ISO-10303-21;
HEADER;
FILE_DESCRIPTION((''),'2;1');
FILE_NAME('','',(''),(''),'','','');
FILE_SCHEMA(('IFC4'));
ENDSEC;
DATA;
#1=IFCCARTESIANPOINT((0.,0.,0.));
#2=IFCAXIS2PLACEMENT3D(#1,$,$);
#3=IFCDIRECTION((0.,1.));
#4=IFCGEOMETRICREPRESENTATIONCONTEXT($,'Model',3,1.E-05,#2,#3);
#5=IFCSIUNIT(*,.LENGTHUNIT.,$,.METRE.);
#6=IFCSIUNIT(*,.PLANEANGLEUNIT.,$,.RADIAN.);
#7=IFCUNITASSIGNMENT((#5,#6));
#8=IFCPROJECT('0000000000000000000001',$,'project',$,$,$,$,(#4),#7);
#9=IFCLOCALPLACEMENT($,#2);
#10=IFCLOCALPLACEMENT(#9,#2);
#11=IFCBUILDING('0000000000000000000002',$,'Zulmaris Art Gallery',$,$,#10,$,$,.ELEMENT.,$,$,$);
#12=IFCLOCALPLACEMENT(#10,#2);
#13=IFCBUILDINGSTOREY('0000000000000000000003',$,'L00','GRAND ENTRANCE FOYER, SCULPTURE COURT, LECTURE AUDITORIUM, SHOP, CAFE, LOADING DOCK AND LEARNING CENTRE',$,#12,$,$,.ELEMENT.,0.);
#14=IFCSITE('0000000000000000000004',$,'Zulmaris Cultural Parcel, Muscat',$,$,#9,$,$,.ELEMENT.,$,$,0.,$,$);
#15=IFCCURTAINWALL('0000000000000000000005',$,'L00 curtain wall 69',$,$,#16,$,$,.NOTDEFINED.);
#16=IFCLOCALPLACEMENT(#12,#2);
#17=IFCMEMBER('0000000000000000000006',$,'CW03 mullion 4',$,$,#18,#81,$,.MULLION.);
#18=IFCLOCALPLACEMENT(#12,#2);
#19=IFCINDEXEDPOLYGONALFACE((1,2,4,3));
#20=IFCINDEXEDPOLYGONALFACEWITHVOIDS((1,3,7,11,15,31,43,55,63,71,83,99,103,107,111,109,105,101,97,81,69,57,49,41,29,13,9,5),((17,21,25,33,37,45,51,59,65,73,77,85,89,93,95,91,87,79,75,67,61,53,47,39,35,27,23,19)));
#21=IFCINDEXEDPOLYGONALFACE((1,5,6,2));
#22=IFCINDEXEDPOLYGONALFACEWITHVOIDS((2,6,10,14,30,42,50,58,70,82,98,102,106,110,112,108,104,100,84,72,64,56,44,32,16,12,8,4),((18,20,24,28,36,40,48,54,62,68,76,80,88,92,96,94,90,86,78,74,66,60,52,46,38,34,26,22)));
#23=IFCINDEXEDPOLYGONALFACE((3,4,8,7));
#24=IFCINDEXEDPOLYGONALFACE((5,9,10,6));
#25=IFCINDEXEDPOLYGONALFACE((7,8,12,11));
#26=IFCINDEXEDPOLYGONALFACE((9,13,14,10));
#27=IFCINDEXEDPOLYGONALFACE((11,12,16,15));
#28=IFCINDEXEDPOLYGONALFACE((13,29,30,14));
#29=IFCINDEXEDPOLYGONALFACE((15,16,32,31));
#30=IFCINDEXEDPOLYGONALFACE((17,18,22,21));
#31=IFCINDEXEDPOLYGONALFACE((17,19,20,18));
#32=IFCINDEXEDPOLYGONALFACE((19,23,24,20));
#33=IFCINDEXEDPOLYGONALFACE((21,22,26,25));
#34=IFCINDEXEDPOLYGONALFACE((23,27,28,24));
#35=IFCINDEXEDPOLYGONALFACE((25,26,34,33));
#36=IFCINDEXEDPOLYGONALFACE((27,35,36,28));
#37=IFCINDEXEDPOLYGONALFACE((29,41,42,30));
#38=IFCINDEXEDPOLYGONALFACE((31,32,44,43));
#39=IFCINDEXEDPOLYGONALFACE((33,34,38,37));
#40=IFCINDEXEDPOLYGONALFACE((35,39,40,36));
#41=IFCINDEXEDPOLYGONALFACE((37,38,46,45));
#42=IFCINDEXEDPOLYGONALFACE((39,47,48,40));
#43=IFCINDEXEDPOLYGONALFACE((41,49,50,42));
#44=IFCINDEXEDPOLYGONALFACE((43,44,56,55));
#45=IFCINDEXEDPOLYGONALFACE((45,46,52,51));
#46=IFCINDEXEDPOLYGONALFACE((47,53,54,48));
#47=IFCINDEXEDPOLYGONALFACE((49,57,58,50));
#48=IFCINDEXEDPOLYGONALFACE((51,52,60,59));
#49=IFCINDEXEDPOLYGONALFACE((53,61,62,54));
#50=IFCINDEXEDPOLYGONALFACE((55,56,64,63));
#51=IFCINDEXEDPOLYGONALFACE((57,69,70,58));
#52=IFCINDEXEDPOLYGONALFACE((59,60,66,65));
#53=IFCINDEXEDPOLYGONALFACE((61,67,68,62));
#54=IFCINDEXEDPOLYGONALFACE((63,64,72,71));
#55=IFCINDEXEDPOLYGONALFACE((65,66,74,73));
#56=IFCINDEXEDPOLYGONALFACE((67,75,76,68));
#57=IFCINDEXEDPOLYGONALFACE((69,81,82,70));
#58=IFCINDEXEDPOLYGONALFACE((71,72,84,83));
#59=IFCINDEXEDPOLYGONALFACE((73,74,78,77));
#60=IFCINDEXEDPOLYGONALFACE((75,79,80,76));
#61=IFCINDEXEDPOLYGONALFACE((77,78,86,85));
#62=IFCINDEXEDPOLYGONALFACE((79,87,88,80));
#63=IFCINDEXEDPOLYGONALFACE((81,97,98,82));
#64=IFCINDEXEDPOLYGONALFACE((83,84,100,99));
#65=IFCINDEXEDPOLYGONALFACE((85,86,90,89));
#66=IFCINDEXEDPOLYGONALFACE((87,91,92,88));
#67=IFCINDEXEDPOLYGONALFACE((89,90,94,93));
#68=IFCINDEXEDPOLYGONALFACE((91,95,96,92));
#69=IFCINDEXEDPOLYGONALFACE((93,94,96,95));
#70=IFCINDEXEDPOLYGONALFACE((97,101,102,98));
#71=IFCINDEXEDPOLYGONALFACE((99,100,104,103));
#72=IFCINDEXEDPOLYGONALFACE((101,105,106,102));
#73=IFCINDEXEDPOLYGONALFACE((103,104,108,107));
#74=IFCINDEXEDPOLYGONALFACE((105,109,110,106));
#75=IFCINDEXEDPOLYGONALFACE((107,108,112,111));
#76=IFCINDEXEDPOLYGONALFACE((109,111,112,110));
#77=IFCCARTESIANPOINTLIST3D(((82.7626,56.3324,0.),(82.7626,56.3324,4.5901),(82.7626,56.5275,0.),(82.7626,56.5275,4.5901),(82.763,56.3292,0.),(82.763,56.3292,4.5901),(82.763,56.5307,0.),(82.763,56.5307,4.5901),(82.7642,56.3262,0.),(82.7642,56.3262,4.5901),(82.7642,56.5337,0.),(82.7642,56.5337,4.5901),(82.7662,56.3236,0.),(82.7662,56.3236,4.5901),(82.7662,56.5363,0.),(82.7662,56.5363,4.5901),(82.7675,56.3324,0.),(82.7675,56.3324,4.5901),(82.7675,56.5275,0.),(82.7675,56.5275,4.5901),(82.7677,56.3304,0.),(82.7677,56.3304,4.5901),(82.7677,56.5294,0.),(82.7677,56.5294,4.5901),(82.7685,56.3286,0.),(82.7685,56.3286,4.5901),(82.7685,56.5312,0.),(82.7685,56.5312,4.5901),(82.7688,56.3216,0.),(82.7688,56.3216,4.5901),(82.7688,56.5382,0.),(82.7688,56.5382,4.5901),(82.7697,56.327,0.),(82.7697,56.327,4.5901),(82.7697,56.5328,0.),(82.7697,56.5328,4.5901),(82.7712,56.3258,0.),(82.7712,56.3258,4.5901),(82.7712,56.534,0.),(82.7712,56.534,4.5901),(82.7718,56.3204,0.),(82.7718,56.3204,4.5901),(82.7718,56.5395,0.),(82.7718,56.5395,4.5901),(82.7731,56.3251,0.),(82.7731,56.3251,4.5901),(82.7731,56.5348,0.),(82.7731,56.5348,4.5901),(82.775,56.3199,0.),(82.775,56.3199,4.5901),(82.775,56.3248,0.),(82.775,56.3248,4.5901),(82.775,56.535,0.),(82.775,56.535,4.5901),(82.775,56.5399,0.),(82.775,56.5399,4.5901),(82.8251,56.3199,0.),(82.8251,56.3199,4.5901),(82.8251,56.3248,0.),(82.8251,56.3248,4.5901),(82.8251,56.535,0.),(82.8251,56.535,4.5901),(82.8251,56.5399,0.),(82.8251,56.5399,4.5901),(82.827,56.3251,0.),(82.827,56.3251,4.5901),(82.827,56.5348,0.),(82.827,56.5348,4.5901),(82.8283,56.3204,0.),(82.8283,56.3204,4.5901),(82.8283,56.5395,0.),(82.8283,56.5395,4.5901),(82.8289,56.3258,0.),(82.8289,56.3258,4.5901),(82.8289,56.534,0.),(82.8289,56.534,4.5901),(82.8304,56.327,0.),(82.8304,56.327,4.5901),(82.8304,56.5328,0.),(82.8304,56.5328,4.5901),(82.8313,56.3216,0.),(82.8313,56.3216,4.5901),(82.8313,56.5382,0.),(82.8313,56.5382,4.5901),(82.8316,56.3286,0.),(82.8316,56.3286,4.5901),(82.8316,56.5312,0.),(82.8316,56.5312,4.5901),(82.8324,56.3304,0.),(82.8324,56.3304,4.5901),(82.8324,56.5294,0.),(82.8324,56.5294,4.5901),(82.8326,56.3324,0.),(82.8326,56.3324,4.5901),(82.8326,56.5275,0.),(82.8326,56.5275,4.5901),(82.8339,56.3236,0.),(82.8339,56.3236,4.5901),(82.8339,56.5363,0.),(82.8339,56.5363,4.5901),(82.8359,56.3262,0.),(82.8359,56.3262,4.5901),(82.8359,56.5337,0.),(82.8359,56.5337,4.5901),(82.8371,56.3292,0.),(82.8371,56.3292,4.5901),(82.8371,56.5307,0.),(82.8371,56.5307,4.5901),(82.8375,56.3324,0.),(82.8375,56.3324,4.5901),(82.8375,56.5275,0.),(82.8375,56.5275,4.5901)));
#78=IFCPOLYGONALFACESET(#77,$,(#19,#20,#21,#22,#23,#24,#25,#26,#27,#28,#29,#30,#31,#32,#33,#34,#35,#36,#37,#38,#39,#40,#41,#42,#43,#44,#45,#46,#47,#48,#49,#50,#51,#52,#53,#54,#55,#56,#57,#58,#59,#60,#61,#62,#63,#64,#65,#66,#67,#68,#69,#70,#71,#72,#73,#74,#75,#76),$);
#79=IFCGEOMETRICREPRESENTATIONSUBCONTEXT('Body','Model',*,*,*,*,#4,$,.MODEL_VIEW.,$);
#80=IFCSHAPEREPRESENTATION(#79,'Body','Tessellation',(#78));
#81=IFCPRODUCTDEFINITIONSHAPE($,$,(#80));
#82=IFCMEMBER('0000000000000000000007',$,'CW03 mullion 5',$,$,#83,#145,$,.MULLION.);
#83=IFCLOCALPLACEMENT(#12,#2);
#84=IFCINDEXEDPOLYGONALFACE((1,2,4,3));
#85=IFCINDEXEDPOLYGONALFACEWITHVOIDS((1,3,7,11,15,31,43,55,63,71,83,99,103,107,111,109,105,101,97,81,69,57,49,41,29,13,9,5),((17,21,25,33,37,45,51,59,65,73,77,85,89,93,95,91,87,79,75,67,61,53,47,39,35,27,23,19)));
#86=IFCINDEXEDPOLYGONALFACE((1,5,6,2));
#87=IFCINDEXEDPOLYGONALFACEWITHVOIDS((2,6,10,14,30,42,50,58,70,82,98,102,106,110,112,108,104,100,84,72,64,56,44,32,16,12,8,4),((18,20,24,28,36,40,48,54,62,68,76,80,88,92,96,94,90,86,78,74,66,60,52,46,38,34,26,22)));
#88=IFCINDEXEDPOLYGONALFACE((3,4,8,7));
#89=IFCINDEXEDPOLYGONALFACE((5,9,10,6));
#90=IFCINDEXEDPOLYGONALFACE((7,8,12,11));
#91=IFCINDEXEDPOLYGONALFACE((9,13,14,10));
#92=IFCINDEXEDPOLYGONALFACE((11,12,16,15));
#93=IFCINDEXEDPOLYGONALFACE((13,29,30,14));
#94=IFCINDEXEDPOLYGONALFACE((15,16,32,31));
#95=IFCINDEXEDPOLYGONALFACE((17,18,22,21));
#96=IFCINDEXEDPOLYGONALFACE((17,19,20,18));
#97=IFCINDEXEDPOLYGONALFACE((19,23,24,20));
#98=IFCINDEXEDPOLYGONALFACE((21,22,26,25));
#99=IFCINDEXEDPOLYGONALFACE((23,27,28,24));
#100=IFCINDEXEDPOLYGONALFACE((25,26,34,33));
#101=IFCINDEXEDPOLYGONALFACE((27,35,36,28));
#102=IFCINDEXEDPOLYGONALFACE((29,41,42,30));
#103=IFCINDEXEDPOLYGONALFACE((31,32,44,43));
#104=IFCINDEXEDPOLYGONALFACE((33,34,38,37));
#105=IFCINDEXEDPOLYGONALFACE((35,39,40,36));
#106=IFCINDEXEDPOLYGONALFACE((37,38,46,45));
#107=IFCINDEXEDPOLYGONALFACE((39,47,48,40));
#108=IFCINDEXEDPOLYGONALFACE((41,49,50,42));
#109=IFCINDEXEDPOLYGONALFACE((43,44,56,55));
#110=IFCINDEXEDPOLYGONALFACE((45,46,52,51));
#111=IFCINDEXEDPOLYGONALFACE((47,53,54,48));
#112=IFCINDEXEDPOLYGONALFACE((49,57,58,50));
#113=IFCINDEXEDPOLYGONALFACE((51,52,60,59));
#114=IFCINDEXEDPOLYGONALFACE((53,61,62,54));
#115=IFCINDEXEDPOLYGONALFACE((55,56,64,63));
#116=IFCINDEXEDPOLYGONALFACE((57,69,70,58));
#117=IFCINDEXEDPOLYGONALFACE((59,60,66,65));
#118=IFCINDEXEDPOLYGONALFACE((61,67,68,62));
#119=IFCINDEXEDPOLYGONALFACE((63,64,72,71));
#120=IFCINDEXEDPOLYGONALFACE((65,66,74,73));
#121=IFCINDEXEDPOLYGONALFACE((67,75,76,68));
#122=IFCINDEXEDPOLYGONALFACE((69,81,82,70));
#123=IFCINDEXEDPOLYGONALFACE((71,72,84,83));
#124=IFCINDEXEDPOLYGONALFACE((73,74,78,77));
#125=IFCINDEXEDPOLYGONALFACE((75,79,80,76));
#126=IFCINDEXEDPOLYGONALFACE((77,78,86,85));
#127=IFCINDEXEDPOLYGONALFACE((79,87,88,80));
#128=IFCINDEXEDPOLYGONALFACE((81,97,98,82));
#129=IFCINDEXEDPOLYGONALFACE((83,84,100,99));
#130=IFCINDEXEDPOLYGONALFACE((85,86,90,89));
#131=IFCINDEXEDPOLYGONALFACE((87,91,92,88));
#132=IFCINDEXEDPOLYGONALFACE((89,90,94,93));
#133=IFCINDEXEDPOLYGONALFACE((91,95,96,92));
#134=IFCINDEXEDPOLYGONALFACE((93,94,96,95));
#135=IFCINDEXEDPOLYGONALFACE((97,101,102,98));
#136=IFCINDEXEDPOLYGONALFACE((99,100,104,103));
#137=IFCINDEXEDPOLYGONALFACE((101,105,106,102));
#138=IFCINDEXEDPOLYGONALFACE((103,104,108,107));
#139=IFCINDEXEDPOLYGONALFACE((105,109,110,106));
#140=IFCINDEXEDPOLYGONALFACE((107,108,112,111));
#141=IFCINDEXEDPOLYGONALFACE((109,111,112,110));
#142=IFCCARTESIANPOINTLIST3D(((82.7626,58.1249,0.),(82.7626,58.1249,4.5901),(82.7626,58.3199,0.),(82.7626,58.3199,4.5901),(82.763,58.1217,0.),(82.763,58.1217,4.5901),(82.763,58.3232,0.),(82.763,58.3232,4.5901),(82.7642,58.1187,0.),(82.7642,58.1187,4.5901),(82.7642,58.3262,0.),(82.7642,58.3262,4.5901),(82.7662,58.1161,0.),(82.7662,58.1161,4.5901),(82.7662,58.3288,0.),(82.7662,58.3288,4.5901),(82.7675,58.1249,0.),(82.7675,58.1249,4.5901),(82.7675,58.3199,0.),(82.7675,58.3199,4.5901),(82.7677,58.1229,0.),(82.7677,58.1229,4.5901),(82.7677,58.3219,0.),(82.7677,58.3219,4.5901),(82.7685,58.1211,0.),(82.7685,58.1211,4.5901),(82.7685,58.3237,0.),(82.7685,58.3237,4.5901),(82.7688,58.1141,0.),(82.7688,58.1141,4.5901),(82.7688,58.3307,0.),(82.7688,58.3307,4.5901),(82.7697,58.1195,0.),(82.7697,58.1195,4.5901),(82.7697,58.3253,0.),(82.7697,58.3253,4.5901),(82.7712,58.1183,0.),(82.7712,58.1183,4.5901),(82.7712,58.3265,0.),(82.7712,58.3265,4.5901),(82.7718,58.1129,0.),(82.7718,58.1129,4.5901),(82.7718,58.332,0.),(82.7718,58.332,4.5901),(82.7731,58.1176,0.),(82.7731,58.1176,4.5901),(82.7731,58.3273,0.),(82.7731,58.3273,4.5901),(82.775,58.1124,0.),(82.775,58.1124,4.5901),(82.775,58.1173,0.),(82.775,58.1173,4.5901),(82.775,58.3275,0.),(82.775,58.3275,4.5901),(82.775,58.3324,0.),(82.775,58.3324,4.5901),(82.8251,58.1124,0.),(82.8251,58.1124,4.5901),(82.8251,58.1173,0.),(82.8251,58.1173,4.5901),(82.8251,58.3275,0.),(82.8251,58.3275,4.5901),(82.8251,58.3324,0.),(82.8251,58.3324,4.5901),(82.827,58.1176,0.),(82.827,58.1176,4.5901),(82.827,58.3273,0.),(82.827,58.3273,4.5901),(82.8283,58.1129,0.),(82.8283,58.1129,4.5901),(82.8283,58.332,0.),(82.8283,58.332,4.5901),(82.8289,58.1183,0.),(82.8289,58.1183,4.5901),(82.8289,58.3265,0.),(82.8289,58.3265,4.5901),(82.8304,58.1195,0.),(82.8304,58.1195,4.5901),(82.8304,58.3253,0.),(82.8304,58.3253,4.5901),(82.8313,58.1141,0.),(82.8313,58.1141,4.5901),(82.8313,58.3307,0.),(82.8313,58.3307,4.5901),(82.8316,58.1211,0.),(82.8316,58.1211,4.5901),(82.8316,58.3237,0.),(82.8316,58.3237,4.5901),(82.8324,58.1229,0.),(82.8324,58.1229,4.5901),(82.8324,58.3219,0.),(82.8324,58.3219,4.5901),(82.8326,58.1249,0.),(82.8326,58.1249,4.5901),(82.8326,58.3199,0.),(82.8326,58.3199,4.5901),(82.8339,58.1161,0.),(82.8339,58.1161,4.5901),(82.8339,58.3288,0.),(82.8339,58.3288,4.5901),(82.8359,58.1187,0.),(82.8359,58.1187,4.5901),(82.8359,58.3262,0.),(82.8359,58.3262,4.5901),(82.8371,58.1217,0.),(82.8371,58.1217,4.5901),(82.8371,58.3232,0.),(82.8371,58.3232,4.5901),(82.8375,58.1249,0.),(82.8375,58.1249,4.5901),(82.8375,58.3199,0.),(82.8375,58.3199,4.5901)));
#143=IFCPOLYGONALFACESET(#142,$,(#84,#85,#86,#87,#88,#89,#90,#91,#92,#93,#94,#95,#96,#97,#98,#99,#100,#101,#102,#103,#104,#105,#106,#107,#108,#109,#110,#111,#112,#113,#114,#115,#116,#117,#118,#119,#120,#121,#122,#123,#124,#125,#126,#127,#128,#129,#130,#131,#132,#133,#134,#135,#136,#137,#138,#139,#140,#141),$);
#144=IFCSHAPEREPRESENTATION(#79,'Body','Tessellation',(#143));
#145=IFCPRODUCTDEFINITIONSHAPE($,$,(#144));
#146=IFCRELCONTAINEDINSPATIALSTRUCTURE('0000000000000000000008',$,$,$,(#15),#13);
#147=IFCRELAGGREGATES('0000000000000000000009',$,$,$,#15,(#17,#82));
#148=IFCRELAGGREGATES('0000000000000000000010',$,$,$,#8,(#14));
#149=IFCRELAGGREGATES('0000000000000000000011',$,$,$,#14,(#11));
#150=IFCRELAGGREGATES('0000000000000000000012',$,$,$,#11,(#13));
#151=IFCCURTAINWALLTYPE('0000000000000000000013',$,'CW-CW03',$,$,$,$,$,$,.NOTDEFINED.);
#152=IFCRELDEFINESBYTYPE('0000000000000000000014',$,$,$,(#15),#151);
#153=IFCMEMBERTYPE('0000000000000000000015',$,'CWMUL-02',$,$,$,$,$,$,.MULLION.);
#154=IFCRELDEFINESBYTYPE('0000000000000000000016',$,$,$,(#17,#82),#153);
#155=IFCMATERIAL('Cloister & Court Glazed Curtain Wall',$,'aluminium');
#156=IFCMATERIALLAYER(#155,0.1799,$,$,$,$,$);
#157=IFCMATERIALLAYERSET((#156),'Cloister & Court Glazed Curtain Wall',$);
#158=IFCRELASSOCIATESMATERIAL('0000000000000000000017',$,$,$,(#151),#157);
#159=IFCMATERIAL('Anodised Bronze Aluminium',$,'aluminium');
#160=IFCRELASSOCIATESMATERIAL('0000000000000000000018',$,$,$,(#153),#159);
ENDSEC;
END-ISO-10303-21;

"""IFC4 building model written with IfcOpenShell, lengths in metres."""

from ifc_helpers import new_model, si_unit, direction, frame, origin, origin_2d, place, context, subcontext, project, spatial, hollow_rectangle, extrude, material, layer, layer_set, material_profile, profile_set, type_object, element, aggregate, save


model = new_model("IFC4")

# Units and contexts
model_context = context("Model", 3, precision=1e-05, world=origin(), true_north=direction((0.0, 1.0)))
body_context = subcontext(model_context, "Body", "Model", "MODEL_VIEW")
ifc_project = project(units=[si_unit("LENGTHUNIT", "METRE"), si_unit("PLANEANGLEUNIT", "RADIAN")], contexts=[model_context])

# Site, building, storey
site_placement = place(None, origin())
site = spatial("IfcSite", under=ifc_project, at=site_placement, Name="Zulmaris Cultural Parcel, Muscat", CompositionType="ELEMENT", RefElevation=0.0)
building_placement = place(site_placement, origin())
building = spatial("IfcBuilding", under=site, at=building_placement, Name="Zulmaris Art Gallery", CompositionType="ELEMENT")
storey_placement = place(building_placement, origin())
storey = spatial("IfcBuildingStorey", under=building, at=storey_placement, Name="L00", Description="GRAND ENTRANCE FOYER, SCULPTURE COURT, LECTURE AUDITORIUM, SHOP, CAFE, LOADING DOCK AND LEARNING CENTRE", CompositionType="ELEMENT", Elevation=0.0)

# Curtain wall, members
ifc_material_1 = material(Name="Cloister & Court Glazed Curtain Wall", Category="aluminium")
ifc_layer_1 = layer(ifc_material_1, 0.1799)
ifc_layer_set_1 = layer_set([ifc_layer_1], Name="Cloister & Court Glazed Curtain Wall")
curtain_wall_type = type_object("IfcCurtainWallType", Name="CW-CW03", PredefinedType="NOTDEFINED", material=ifc_layer_set_1)
curtain_wall_placement = place(storey_placement, origin())
curtain_wall = element("IfcCurtainWall", 1, at=curtain_wall_placement, inside=storey, type_object=curtain_wall_type, Name="L00 curtain wall 69", PredefinedType="NOTDEFINED")
ifc_material_2 = material(Name="Anodised Bronze Aluminium", Category="aluminium")
ifc_material_profile_1 = material_profile(ifc_material_2, hollow_rectangle(XDim=0.075, YDim=0.22, WallThickness=0.0049, InnerFilletRadius=0.0076, OuterFilletRadius=0.0125, at=origin_2d()), Name="ALU 75x220x5")
ifc_profile_set_1 = profile_set([ifc_material_profile_1], Name="Anodised Bronze Aluminium")
member_type_1 = type_object("IfcMemberType", Name="CWMUL-02", PredefinedType="MULLION", material=ifc_profile_set_1)
member_1_placement = place(storey_placement, frame((82.8, 56.4299, 0.0), z_axis=(0.0, 0.0, 1.0), x_axis=(-1.0, 0.0, 0.0)))
member_1 = element("IfcMember", 2, at=member_1_placement, type_object=member_type_1, Name="CW03 mullion 4", PredefinedType="MULLION", context=body_context, shape_type="SweptSolid", body=[
    extrude(hollow_rectangle(XDim=0.075, YDim=0.22, WallThickness=0.0049, InnerFilletRadius=0.0076, OuterFilletRadius=0.0125, at=origin_2d()), origin(), (0.0, 0.0, 1.0), 4.5901),
])
member_2_placement = place(storey_placement, frame((82.8, 58.2224, 0.0), z_axis=(0.0, 0.0, 1.0), x_axis=(-1.0, 0.0, 0.0)))
member_2 = element("IfcMember", 3, at=member_2_placement, type_object=member_type_1, Name="CW03 mullion 5", PredefinedType="MULLION", context=body_context, shape_type="SweptSolid", body=[
    extrude(hollow_rectangle(XDim=0.075, YDim=0.22, WallThickness=0.0049, InnerFilletRadius=0.0076, OuterFilletRadius=0.0125, at=origin_2d()), origin(), (0.0, 0.0, 1.0), 4.5901),
])
aggregate(curtain_wall, [member_1, member_2])

save(model, "model.ifc")
